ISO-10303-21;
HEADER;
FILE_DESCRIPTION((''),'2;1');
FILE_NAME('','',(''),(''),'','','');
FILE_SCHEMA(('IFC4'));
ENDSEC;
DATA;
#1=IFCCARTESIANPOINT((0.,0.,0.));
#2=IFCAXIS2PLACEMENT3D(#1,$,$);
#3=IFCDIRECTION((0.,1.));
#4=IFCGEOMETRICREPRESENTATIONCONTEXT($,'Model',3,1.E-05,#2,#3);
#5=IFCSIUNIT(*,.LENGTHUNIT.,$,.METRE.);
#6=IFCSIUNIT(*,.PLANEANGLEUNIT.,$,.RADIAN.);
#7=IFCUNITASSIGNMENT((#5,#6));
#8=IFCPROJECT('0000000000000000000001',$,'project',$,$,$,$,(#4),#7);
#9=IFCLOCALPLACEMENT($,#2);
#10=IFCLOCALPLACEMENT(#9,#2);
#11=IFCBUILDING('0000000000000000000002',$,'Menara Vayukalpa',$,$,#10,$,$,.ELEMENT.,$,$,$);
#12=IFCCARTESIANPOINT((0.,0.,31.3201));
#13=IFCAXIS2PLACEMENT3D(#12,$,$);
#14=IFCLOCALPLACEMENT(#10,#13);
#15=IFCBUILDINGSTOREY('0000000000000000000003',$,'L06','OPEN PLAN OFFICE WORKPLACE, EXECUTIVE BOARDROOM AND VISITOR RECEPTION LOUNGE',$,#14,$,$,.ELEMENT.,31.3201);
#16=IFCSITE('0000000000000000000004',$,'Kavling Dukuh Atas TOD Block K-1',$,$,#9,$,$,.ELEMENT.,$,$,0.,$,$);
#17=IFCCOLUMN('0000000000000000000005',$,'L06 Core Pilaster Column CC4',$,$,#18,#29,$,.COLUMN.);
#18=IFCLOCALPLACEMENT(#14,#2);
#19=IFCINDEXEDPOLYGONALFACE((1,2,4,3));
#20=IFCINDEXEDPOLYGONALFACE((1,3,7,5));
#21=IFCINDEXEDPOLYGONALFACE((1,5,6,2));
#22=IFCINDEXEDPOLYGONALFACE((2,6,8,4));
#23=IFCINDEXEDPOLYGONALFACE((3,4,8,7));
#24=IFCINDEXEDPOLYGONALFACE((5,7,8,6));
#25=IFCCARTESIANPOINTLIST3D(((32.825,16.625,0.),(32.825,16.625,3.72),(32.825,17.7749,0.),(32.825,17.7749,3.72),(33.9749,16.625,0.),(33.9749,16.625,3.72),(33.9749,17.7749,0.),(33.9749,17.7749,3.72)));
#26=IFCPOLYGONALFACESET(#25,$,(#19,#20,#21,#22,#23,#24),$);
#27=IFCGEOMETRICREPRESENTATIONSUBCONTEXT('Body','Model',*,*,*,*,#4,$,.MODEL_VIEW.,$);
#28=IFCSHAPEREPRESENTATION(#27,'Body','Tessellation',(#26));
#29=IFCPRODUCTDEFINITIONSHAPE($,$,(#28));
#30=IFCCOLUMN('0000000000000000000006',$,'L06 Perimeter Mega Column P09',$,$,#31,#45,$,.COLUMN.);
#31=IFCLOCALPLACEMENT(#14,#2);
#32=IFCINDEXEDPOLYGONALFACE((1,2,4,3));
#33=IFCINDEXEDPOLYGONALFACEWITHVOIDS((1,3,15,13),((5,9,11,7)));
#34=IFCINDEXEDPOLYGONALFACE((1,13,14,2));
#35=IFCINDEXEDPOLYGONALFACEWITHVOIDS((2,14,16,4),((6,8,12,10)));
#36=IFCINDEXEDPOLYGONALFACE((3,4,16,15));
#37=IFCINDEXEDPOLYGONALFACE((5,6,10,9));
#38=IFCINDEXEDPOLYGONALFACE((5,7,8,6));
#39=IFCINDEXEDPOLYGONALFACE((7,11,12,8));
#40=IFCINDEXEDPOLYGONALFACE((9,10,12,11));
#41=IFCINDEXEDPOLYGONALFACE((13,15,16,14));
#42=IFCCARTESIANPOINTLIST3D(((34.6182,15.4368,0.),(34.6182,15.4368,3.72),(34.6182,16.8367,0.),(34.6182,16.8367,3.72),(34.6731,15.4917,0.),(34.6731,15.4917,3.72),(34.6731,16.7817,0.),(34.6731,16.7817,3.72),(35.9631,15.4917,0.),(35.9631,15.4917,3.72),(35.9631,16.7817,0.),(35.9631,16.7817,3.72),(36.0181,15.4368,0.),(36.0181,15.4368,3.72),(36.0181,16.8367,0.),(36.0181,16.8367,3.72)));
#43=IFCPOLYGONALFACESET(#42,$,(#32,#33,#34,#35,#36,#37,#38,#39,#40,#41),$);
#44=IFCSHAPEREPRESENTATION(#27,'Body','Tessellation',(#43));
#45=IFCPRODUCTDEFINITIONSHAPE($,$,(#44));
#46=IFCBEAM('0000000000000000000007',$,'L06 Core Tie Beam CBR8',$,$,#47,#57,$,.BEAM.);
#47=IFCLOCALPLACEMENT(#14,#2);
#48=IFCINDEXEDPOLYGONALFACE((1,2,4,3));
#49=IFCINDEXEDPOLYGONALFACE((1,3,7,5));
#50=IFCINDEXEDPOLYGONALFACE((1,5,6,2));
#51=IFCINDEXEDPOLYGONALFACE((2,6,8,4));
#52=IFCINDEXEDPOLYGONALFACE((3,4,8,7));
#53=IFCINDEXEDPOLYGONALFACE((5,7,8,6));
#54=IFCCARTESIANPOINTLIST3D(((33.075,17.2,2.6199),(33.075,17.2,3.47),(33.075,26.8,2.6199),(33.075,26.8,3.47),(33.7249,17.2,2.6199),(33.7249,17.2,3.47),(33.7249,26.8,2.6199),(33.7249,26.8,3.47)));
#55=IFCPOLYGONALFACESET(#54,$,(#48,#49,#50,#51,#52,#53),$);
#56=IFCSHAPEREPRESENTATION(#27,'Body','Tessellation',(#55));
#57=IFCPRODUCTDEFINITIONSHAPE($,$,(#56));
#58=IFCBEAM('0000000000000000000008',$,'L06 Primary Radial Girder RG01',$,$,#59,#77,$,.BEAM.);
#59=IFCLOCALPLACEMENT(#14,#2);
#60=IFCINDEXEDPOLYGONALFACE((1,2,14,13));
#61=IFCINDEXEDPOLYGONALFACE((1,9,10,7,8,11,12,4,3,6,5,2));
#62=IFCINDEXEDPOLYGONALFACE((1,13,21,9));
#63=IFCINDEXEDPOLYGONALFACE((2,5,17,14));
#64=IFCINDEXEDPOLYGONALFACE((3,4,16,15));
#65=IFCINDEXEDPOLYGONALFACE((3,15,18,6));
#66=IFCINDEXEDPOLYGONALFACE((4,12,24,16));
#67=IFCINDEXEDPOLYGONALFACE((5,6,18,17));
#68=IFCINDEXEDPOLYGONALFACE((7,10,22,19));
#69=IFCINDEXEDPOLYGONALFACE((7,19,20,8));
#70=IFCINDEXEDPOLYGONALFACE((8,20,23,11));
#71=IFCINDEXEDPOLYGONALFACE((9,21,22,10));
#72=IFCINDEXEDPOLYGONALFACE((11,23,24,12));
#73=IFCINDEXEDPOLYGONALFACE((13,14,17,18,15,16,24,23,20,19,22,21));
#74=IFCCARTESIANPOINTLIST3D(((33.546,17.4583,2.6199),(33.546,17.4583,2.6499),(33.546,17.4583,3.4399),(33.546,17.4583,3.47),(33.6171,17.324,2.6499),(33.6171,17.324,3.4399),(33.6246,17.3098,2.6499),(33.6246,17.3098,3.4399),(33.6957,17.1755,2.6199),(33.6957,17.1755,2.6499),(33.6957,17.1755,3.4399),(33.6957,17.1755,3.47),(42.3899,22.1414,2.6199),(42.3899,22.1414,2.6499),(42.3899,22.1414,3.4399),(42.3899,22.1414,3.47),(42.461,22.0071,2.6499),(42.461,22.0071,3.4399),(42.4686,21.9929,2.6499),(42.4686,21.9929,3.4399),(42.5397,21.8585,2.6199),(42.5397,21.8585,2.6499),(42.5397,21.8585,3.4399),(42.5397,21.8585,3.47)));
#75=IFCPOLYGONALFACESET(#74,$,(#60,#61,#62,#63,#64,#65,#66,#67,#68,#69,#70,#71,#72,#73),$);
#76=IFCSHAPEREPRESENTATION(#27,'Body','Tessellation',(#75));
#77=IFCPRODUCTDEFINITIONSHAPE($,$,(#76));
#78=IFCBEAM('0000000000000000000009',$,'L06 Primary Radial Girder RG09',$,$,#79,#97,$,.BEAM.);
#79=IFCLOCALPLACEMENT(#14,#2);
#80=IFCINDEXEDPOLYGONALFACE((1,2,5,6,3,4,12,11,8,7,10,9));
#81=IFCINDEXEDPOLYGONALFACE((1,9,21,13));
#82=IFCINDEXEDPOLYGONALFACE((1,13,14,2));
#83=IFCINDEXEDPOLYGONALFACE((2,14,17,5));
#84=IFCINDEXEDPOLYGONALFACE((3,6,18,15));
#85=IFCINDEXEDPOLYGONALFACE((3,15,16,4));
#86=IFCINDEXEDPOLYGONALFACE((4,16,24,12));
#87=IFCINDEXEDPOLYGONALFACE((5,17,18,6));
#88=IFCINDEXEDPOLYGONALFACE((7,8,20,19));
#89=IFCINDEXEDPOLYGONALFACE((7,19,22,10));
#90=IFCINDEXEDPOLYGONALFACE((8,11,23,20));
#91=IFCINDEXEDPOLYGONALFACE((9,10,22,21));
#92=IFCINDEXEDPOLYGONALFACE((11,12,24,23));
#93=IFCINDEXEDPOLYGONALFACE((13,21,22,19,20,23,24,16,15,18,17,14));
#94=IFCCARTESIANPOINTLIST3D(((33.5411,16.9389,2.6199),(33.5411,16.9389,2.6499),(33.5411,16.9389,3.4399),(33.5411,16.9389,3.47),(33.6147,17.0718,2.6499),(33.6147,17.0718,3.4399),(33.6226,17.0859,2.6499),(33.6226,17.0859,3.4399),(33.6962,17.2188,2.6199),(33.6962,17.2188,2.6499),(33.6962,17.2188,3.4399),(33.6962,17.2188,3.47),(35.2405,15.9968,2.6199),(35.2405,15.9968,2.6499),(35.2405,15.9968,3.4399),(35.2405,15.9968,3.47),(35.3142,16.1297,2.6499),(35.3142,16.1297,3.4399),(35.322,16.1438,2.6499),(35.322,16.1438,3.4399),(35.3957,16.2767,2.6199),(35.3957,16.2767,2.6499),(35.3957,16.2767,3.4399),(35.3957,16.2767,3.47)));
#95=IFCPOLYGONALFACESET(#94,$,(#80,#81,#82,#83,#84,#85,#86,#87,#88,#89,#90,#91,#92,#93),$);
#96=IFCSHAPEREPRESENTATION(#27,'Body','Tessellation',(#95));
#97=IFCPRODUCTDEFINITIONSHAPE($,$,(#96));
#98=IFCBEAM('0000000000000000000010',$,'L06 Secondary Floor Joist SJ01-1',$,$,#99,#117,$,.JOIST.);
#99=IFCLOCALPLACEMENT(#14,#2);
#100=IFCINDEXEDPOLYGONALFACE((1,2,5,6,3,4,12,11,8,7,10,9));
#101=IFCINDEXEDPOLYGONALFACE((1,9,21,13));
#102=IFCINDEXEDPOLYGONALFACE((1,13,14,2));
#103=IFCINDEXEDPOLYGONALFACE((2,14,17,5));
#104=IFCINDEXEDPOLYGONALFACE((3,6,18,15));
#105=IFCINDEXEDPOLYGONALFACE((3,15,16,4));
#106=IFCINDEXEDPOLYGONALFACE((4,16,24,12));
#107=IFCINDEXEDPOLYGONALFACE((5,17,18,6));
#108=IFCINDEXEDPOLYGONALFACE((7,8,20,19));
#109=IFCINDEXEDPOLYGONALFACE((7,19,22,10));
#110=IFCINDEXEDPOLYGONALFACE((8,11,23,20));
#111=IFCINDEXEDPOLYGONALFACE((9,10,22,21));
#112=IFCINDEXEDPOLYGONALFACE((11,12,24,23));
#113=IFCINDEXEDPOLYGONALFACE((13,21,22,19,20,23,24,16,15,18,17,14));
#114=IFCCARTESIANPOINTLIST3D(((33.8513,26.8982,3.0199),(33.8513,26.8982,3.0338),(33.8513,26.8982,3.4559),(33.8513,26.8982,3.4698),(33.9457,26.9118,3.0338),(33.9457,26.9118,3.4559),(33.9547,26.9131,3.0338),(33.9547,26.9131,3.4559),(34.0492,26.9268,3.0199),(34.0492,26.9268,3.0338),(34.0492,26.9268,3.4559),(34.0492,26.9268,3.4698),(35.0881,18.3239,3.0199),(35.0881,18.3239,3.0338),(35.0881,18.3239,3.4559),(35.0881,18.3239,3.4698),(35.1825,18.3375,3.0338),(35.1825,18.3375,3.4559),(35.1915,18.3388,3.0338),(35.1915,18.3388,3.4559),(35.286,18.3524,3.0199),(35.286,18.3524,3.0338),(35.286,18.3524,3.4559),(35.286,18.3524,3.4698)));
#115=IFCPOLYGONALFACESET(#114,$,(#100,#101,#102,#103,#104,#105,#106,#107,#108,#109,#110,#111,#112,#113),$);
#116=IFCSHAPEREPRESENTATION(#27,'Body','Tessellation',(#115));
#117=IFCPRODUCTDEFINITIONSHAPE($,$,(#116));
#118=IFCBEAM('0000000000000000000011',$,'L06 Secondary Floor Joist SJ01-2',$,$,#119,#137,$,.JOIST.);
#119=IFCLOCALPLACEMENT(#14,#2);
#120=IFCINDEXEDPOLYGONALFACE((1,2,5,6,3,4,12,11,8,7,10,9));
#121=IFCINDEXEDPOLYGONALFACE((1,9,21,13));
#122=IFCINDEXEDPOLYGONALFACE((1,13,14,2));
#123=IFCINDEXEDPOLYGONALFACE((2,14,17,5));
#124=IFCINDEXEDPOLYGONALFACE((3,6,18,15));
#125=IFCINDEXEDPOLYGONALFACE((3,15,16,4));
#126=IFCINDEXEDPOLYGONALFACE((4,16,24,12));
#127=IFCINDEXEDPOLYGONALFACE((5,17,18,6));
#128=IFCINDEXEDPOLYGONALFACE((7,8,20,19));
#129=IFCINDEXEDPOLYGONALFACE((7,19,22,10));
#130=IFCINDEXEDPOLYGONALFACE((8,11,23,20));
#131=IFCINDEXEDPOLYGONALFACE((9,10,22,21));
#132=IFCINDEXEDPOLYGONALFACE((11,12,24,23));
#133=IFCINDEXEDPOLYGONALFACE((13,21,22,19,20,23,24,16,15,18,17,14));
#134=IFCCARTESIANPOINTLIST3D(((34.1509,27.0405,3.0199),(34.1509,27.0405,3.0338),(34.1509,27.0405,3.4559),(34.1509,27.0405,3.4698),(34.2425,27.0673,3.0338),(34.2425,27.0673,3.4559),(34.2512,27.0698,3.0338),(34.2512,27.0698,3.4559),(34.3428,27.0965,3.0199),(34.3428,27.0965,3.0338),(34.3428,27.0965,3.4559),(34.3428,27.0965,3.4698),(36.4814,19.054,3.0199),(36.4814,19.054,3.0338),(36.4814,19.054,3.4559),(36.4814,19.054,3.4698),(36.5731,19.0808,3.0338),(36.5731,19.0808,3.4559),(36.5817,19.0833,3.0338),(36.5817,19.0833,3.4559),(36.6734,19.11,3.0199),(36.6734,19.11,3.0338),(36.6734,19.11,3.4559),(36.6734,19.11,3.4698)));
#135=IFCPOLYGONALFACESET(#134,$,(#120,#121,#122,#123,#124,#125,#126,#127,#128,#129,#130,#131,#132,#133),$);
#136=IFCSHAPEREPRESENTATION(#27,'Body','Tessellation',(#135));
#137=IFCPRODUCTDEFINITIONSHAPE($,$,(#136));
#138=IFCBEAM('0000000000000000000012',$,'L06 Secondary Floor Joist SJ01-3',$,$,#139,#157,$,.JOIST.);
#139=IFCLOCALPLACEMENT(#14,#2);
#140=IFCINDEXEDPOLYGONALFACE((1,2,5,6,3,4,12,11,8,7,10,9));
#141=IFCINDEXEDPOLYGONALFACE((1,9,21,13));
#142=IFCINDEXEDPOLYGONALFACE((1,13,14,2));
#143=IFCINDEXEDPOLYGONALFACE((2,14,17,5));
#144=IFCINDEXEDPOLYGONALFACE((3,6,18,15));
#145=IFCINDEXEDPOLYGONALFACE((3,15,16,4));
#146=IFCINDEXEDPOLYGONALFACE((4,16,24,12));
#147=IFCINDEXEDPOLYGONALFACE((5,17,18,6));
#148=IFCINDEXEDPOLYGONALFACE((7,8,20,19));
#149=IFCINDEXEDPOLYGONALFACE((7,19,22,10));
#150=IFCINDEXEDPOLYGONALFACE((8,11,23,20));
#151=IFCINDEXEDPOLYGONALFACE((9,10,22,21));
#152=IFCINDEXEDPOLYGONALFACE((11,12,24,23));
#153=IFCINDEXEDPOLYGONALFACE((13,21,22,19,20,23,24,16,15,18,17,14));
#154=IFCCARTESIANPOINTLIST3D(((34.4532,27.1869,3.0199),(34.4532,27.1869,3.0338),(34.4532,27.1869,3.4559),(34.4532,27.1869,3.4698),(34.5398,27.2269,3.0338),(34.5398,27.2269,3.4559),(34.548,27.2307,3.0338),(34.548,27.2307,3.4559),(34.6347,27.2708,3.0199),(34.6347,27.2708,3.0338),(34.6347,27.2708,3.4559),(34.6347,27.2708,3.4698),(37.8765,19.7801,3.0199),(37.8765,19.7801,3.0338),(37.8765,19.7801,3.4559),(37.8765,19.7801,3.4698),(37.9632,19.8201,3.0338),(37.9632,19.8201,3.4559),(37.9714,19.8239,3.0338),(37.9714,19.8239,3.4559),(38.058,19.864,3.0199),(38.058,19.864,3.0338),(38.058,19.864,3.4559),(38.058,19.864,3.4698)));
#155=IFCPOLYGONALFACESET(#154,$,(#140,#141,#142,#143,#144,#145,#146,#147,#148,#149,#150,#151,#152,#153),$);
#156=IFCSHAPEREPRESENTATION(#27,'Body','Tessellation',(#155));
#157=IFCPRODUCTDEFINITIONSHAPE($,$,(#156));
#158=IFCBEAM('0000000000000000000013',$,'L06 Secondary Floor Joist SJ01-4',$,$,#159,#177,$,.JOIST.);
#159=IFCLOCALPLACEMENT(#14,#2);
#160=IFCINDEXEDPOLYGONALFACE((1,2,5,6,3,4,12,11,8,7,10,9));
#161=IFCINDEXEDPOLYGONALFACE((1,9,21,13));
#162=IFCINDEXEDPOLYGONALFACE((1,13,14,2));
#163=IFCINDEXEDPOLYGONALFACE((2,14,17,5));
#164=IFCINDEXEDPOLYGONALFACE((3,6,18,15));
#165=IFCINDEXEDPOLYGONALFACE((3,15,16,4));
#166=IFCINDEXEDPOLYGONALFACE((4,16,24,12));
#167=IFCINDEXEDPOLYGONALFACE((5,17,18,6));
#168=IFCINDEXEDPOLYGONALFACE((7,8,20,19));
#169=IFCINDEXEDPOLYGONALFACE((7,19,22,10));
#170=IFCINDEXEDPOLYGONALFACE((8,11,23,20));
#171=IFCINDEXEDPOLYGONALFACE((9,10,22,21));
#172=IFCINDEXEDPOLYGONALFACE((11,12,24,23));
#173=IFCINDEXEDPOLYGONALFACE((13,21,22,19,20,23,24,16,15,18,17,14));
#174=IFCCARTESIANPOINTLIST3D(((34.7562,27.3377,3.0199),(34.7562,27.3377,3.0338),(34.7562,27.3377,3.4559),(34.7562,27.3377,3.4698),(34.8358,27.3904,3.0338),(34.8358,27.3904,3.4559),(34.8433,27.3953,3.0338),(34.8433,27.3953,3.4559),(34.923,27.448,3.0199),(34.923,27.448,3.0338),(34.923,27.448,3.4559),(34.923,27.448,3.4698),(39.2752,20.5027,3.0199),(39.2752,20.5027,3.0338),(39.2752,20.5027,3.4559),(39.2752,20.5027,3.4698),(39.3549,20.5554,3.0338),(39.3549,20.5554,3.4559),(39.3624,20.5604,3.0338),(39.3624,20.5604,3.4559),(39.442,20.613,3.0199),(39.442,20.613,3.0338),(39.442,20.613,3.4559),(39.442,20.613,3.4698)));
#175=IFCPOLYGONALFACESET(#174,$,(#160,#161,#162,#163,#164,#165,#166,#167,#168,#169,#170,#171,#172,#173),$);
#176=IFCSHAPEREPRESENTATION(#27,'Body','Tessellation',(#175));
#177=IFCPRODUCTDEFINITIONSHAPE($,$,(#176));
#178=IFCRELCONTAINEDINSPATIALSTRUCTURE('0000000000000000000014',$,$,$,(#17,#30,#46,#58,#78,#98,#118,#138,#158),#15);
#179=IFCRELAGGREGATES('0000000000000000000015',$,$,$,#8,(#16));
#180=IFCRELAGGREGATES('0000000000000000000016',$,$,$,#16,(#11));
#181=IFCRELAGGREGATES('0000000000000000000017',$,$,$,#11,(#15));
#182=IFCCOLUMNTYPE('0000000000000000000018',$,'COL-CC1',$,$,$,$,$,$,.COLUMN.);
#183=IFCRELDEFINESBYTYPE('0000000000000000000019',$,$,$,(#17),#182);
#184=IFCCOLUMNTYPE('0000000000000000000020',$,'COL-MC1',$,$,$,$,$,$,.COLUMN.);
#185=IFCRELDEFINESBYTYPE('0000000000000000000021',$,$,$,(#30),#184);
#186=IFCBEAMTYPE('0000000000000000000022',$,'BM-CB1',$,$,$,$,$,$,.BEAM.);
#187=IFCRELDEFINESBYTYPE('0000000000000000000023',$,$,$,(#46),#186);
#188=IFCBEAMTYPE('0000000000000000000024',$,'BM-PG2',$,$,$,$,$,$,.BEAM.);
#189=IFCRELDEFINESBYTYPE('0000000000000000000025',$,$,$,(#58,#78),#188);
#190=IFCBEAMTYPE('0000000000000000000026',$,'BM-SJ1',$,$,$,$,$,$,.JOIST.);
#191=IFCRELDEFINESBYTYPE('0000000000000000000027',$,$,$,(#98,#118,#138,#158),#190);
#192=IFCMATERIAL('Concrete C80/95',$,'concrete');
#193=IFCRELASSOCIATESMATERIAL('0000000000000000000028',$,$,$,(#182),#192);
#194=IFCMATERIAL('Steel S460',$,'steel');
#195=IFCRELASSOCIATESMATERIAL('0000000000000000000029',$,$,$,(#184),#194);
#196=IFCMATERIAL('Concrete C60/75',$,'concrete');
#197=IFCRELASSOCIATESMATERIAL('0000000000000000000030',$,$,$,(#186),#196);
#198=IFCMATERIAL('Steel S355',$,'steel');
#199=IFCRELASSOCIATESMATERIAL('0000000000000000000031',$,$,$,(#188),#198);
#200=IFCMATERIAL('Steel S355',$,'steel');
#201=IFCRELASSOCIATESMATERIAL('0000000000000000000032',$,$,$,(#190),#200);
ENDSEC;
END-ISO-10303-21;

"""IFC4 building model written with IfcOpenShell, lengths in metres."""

from ifc_helpers import new_model, si_unit, direction, frame, origin, origin_2d, place, context, subcontext, project, spatial, rectangle, hollow_rectangle, i_section, extrude, material, material_profile, profile_set, type_object, element, save


model = new_model("IFC4")

# Units and contexts
model_context = context("Model", 3, precision=1e-05, world=origin(), true_north=direction((0.0, 1.0)))
body_context = subcontext(model_context, "Body", "Model", "MODEL_VIEW")
ifc_project = project(units=[si_unit("LENGTHUNIT", "METRE"), si_unit("PLANEANGLEUNIT", "RADIAN")], contexts=[model_context])

# Site, building, storey
site_placement = place(None, origin())
site = spatial("IfcSite", under=ifc_project, at=site_placement, Name="Kavling Dukuh Atas TOD Block K-1", CompositionType="ELEMENT", RefElevation=0.0)
building_placement = place(site_placement, origin())
building = spatial("IfcBuilding", under=site, at=building_placement, Name="Menara Vayukalpa", CompositionType="ELEMENT")
storey_placement = place(building_placement, frame((0.0, 0.0, 31.3201)))
storey = spatial("IfcBuildingStorey", under=building, at=storey_placement, Name="L06", Description="OPEN PLAN OFFICE WORKPLACE, EXECUTIVE BOARDROOM AND VISITOR RECEPTION LOUNGE", CompositionType="ELEMENT", Elevation=31.3201)

# Columns
ifc_material_1 = material(Name="Concrete C80/95", Category="concrete")
ifc_material_profile_1 = material_profile(ifc_material_1, rectangle(XDim=1.1499, YDim=1.1499, at=origin_2d()), Name="RC 1150x1150")
ifc_profile_set_1 = profile_set([ifc_material_profile_1], Name="Concrete C80/95")
column_type_1 = type_object("IfcColumnType", Name="COL-CC1", PredefinedType="COLUMN", material=ifc_profile_set_1)
column_1_placement = place(storey_placement, frame((33.3999, 17.2, 0.0), z_axis=(0.0, 0.0, 1.0), x_axis=(1.0, 0.0, 0.0)))
element("IfcColumn", 1, at=column_1_placement, inside=storey, type_object=column_type_1, Name="L06 Core Pilaster Column CC4", PredefinedType="COLUMN", context=body_context, shape_type="SweptSolid", body=[
    extrude(rectangle(XDim=1.1499, YDim=1.1499, at=origin_2d()), origin(), (0.0, 0.0, 1.0), 3.72),
])
ifc_material_2 = material(Name="Steel S460", Category="steel")
ifc_material_profile_2 = material_profile(ifc_material_2, hollow_rectangle(XDim=1.3999, YDim=1.3999, WallThickness=0.0549, at=origin_2d()), Name="BOX 1400x1400x55")
ifc_profile_set_2 = profile_set([ifc_material_profile_2], Name="Steel S460")
column_type_2 = type_object("IfcColumnType", Name="COL-MC1", PredefinedType="COLUMN", material=ifc_profile_set_2)
column_2_placement = place(storey_placement, frame((35.3181, 16.1367, 0.0), z_axis=(0.0, 0.0, 1.0), x_axis=(1.0, 0.0, 0.0)))
element("IfcColumn", 2, at=column_2_placement, inside=storey, type_object=column_type_2, Name="L06 Perimeter Mega Column P09", PredefinedType="COLUMN", context=body_context, shape_type="SweptSolid", body=[
    extrude(hollow_rectangle(XDim=1.3999, YDim=1.3999, WallThickness=0.0549, at=origin_2d()), origin(), (0.0, 0.0, 1.0), 3.72),
])

# Beams
ifc_material_3 = material(Name="Concrete C60/75", Category="concrete")
ifc_material_profile_3 = material_profile(ifc_material_3, rectangle(XDim=0.6499, YDim=0.8501, at=origin_2d()), Name="RC 650x850")
ifc_profile_set_3 = profile_set([ifc_material_profile_3], Name="Concrete C60/75")
beam_type_1 = type_object("IfcBeamType", Name="BM-CB1", PredefinedType="BEAM", material=ifc_profile_set_3)
beam_1_placement = place(storey_placement, frame((33.3999, 17.2, 3.0449), z_axis=(0.0, 1.0, 0.0), x_axis=(-1.0, 0.0, 0.0)))
element("IfcBeam", 3, at=beam_1_placement, inside=storey, type_object=beam_type_1, Name="L06 Core Tie Beam CBR8", PredefinedType="BEAM", context=body_context, shape_type="SweptSolid", body=[
    extrude(rectangle(XDim=0.6499, YDim=0.8501, at=origin_2d()), origin(), (0.0, 0.0, 1.0), 9.6001),
])
ifc_material_4 = material(Name="Steel S355", Category="steel")
ifc_material_profile_4 = material_profile(ifc_material_4, i_section(OverallWidth=0.3201, OverallDepth=0.8501, WebThickness=0.0161, FlangeThickness=0.03, at=origin_2d()), Name="WF 850x320x16x30")
ifc_profile_set_4 = profile_set([ifc_material_profile_4], Name="Steel S355")
beam_type_2 = type_object("IfcBeamType", Name="BM-PG2", PredefinedType="BEAM", material=ifc_profile_set_4)
beam_2_placement = place(storey_placement, frame((33.6208, 17.3169, 3.0449), z_axis=(0.883747, 0.467965, 0.0), x_axis=(-0.467965, 0.883747, 0.0)))
element("IfcBeam", 4, at=beam_2_placement, inside=storey, type_object=beam_type_2, Name="L06 Primary Radial Girder RG01", PredefinedType="BEAM", context=body_context, shape_type="SweptSolid", body=[
    extrude(i_section(OverallWidth=0.3201, OverallDepth=0.8501, WebThickness=0.0161, FlangeThickness=0.03, at=origin_2d()), origin(), (0.0, 0.0, 1.0), 10.0073),
])
beam_3_placement = place(storey_placement, frame((33.6187, 17.0789, 3.0449), z_axis=(0.874595, -0.484853, 0.0), x_axis=(0.484853, 0.874595, 0.0)))
element("IfcBeam", 5, at=beam_3_placement, inside=storey, type_object=beam_type_2, Name="L06 Primary Radial Girder RG09", PredefinedType="BEAM", context=body_context, shape_type="SweptSolid", body=[
    extrude(i_section(OverallWidth=0.3201, OverallDepth=0.8501, WebThickness=0.0161, FlangeThickness=0.03, at=origin_2d()), origin(), (0.0, 0.0, 1.0), 1.9431),
])
ifc_material_5 = material(Name="Steel S355", Category="steel")
ifc_material_profile_5 = material_profile(ifc_material_5, i_section(OverallWidth=0.2, OverallDepth=0.45, WebThickness=0.009, FlangeThickness=0.0139, at=origin_2d()), Name="WF 450x200x9x14")
ifc_profile_set_5 = profile_set([ifc_material_profile_5], Name="Steel S355")
beam_type_3 = type_object("IfcBeamType", Name="BM-SJ1", PredefinedType="JOIST", material=ifc_profile_set_5)
beam_4_placement = place(storey_placement, frame((35.187, 18.3381, 3.2449), z_axis=(-0.142767, 0.989756, 0.0), x_axis=(-0.989756, -0.142767, 0.0)))
element("IfcBeam", 6, at=beam_4_placement, inside=storey, type_object=beam_type_3, Name="L06 Secondary Floor Joist SJ01-1", PredefinedType="JOIST", context=body_context, shape_type="SweptSolid", body=[
    extrude(i_section(OverallWidth=0.2, OverallDepth=0.45, WebThickness=0.009, FlangeThickness=0.0139, at=origin_2d()), origin(), (0.0, 0.0, 1.0), 8.6631),
])
beam_5_placement = place(storey_placement, frame((36.5774, 19.082, 3.2449), z_axis=(-0.280127, 0.959963, 0.0), x_axis=(-0.959963, -0.280127, 0.0)))
element("IfcBeam", 7, at=beam_5_placement, inside=storey, type_object=beam_type_3, Name="L06 Secondary Floor Joist SJ01-2", PredefinedType="JOIST", context=body_context, shape_type="SweptSolid", body=[
    extrude(i_section(OverallWidth=0.2, OverallDepth=0.45, WebThickness=0.009, FlangeThickness=0.0139, at=origin_2d()), origin(), (0.0, 0.0, 1.0), 8.3196),
])
beam_6_placement = place(storey_placement, frame((37.9673, 19.822, 3.2449), z_axis=(-0.419548, 0.907733, 0.0), x_axis=(-0.907733, -0.419548, 0.0)))
element("IfcBeam", 8, at=beam_6_placement, inside=storey, type_object=beam_type_3, Name="L06 Secondary Floor Joist SJ01-3", PredefinedType="JOIST", context=body_context, shape_type="SweptSolid", body=[
    extrude(i_section(OverallWidth=0.2, OverallDepth=0.45, WebThickness=0.009, FlangeThickness=0.0139, at=origin_2d()), origin(), (0.0, 0.0, 1.0), 8.1597),
])
beam_7_placement = place(storey_placement, frame((39.3586, 20.5579, 3.2449), z_axis=(-0.551519, 0.834162, 0.0), x_axis=(-0.834162, -0.551519, 0.0)))
element("IfcBeam", 9, at=beam_7_placement, inside=storey, type_object=beam_type_3, Name="L06 Secondary Floor Joist SJ01-4", PredefinedType="JOIST", context=body_context, shape_type="SweptSolid", body=[
    extrude(i_section(OverallWidth=0.2, OverallDepth=0.45, WebThickness=0.009, FlangeThickness=0.0139, at=origin_2d()), origin(), (0.0, 0.0, 1.0), 8.1938),
])

save(model, "model.ifc")
